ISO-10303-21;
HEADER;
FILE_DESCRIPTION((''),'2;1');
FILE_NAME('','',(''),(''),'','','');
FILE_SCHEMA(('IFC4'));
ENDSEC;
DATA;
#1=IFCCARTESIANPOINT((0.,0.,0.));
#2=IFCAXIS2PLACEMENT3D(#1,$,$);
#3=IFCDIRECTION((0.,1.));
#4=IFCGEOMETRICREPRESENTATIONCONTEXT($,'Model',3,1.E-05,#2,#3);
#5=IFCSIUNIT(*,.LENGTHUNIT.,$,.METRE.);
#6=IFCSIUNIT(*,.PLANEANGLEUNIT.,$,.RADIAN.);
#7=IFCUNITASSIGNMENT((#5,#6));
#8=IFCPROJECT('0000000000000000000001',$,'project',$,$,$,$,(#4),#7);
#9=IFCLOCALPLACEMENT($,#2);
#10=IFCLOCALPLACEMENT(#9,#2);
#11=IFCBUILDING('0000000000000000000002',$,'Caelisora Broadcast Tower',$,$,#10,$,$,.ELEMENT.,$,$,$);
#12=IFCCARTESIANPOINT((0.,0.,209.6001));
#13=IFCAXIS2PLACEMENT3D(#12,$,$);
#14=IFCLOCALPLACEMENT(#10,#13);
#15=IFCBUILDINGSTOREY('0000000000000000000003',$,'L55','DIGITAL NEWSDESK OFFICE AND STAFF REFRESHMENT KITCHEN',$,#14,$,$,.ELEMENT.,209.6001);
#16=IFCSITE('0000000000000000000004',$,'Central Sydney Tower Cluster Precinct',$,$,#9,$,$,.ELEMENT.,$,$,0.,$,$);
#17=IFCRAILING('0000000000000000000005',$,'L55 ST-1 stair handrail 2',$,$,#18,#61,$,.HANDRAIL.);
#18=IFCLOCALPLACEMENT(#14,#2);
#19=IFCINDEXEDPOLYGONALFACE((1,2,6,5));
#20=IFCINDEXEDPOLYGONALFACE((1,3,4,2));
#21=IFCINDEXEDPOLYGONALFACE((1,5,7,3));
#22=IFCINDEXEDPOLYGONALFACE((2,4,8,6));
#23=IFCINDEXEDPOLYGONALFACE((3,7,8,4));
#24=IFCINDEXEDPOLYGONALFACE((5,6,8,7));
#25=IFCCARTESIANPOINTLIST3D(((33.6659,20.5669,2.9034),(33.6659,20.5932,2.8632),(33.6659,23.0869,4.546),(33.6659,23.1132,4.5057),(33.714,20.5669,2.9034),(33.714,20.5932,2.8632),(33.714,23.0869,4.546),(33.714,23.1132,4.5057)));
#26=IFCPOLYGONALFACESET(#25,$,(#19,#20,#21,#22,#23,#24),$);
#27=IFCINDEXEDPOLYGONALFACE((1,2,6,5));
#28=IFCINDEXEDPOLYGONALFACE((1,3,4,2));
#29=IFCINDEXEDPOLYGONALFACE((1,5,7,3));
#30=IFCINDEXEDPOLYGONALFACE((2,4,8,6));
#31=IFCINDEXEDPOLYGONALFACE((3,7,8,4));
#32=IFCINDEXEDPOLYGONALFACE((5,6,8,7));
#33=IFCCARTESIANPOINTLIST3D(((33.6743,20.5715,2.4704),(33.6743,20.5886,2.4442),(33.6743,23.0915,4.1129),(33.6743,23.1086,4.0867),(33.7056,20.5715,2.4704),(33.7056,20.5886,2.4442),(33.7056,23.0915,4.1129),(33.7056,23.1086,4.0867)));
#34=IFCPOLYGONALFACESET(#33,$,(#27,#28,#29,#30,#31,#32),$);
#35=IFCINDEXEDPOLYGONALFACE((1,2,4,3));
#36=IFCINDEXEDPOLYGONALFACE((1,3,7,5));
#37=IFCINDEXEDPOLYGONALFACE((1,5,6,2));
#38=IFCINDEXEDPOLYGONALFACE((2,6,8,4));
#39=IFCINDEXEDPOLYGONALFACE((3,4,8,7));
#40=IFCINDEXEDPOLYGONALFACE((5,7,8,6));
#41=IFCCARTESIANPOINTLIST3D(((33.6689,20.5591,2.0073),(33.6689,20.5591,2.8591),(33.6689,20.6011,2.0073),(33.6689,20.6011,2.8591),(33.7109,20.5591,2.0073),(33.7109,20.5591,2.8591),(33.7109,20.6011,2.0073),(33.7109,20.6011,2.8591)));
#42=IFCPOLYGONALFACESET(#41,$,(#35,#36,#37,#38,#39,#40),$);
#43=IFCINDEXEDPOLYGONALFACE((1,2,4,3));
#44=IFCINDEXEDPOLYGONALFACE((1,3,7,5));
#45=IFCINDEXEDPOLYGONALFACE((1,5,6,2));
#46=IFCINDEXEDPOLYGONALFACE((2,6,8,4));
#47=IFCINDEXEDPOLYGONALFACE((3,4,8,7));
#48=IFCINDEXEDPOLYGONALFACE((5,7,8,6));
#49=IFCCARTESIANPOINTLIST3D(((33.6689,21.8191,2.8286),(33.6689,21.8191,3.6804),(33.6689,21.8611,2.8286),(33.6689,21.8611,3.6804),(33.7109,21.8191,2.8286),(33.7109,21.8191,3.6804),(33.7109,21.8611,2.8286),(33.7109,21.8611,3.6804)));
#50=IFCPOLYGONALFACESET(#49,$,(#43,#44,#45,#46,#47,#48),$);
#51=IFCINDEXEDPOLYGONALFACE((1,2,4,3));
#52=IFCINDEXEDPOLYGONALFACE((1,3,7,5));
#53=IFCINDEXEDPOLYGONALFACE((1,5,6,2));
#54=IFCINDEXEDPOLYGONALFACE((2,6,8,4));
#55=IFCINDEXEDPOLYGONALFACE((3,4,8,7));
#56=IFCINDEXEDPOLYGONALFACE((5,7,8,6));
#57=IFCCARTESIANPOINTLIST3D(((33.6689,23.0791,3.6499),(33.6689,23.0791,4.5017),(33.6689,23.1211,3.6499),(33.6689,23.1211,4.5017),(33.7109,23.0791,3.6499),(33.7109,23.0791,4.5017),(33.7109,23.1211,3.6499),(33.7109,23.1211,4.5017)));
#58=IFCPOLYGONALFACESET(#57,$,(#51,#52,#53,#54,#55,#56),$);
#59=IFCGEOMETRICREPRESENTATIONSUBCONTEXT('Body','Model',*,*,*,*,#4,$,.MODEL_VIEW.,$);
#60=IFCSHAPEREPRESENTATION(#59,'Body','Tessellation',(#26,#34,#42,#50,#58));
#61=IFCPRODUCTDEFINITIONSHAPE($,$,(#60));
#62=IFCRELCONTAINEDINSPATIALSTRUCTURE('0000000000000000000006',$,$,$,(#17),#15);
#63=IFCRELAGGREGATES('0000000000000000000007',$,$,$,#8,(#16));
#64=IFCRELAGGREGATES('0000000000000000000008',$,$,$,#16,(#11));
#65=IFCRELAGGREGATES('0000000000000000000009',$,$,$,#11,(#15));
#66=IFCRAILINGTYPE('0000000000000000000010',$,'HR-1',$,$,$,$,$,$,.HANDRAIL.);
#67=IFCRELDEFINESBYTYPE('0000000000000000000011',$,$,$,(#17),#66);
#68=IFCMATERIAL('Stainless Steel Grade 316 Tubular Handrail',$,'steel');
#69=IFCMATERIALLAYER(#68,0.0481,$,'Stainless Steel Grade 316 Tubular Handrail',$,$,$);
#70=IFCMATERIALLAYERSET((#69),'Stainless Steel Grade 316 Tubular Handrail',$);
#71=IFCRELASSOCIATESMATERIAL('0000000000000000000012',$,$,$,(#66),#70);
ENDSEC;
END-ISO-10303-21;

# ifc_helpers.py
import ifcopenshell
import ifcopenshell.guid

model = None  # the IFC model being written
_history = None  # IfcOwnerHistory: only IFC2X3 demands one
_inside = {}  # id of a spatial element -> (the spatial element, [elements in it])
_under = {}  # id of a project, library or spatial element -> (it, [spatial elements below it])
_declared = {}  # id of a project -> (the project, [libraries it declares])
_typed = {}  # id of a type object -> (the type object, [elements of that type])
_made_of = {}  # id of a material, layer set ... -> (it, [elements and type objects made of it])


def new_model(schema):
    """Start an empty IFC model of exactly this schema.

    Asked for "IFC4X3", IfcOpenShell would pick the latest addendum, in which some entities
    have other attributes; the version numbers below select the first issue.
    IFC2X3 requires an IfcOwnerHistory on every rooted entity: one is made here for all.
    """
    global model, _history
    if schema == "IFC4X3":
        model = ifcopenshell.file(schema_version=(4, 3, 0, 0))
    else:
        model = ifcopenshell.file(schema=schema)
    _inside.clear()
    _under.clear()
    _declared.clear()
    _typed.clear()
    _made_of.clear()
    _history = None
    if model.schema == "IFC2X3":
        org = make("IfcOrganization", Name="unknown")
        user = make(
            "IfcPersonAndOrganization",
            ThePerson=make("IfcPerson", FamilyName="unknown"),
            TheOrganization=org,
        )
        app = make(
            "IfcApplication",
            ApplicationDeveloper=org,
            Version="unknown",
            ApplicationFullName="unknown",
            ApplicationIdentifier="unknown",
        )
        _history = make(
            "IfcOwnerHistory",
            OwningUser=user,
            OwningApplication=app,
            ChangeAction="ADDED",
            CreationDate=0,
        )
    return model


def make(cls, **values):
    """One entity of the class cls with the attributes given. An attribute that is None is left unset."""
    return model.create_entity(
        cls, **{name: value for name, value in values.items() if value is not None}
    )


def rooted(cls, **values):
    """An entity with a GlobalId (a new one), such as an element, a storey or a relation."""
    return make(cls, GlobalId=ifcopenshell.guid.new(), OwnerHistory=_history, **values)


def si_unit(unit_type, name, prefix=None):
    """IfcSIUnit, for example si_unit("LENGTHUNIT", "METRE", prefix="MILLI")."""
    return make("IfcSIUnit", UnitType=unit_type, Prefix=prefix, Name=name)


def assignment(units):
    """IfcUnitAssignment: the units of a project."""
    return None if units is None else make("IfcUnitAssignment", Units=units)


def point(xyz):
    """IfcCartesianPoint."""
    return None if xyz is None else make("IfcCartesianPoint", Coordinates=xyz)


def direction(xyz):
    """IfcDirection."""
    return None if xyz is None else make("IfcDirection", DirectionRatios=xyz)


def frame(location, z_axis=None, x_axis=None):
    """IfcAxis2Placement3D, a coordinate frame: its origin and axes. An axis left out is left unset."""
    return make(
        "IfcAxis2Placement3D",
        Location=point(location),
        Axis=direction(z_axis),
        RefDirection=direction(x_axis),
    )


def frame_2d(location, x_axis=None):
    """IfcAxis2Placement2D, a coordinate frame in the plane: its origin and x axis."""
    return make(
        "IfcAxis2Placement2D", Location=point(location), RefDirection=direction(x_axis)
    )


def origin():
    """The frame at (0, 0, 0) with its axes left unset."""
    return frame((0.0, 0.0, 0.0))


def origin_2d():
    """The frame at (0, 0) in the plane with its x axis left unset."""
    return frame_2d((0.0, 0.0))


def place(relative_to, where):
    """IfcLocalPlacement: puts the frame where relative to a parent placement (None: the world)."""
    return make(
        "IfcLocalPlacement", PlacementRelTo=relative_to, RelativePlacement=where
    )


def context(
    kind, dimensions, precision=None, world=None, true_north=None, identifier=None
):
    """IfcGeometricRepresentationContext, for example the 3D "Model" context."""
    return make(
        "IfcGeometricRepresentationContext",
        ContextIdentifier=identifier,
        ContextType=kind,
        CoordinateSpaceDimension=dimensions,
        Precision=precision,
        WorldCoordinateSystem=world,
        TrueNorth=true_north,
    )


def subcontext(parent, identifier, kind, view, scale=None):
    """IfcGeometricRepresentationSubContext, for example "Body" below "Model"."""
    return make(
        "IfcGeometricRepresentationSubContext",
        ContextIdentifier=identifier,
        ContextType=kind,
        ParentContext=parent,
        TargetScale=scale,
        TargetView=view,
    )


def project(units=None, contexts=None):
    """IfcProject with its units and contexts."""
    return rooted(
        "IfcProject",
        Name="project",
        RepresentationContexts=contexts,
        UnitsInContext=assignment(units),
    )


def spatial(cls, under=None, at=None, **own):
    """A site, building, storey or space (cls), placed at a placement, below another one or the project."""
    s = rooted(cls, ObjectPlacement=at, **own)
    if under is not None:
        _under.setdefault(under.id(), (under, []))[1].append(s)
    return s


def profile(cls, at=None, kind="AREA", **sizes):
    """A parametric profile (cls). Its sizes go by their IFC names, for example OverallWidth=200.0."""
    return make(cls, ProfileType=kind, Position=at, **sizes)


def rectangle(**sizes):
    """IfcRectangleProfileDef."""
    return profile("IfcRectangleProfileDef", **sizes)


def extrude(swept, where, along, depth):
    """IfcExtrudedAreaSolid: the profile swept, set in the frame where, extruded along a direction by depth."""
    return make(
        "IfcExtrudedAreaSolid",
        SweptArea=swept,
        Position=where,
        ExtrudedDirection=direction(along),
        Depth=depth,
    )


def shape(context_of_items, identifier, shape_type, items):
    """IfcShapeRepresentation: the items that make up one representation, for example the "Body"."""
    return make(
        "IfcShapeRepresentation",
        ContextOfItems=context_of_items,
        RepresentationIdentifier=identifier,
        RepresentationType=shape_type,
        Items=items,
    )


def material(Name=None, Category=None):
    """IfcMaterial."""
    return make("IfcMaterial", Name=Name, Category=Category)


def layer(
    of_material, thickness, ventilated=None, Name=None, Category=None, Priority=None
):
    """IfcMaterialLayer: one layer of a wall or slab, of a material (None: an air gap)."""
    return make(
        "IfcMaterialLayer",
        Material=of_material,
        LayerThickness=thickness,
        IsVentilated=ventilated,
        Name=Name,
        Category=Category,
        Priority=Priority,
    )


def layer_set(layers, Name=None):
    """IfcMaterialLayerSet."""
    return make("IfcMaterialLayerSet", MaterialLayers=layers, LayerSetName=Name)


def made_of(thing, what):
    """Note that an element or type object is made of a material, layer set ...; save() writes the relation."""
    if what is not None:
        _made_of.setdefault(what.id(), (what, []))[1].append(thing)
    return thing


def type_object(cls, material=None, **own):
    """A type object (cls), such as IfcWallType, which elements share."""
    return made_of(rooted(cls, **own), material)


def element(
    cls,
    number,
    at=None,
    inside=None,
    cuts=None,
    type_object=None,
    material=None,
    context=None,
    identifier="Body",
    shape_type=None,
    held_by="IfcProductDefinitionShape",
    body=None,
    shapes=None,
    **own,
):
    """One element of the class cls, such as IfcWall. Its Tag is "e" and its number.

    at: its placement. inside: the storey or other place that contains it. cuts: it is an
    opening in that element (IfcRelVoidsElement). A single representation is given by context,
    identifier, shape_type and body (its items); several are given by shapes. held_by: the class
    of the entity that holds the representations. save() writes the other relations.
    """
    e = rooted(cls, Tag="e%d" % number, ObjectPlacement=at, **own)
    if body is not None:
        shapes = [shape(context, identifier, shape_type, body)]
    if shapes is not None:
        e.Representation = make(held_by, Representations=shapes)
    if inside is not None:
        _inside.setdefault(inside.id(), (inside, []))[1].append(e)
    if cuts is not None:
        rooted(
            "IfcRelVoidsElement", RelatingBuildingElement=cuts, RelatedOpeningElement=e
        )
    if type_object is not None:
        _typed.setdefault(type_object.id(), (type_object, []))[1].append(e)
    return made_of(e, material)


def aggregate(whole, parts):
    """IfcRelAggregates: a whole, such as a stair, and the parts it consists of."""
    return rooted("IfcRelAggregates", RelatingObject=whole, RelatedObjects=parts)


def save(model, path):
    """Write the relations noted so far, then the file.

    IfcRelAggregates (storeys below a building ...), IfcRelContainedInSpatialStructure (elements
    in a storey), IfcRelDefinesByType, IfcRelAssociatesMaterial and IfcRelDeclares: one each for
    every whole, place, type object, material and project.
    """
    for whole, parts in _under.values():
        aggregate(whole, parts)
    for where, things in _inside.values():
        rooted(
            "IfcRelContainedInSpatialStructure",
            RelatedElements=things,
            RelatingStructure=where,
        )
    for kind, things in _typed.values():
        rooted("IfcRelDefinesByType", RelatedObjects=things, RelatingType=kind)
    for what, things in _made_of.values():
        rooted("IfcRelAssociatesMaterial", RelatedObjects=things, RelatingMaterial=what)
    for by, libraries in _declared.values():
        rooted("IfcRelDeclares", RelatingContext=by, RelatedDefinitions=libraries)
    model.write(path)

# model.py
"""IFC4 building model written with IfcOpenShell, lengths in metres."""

from ifc_helpers import new_model, si_unit, direction, frame, origin, origin_2d, place, context, subcontext, project, spatial, rectangle, extrude, material, layer, layer_set, type_object, element, save


model = new_model("IFC4")

# Units and contexts
model_context = context("Model", 3, precision=1e-05, world=origin(), true_north=direction((0.0, 1.0)))
body_context = subcontext(model_context, "Body", "Model", "MODEL_VIEW")
ifc_project = project(units=[si_unit("LENGTHUNIT", "METRE"), si_unit("PLANEANGLEUNIT", "RADIAN")], contexts=[model_context])

# Site, building, storey
site_placement = place(None, origin())
site = spatial("IfcSite", under=ifc_project, at=site_placement, Name="Central Sydney Tower Cluster Precinct", CompositionType="ELEMENT", RefElevation=0.0)
building_placement = place(site_placement, origin())
building = spatial("IfcBuilding", under=site, at=building_placement, Name="Caelisora Broadcast Tower", CompositionType="ELEMENT")
storey_placement = place(building_placement, frame((0.0, 0.0, 209.6001)))
storey = spatial("IfcBuildingStorey", under=building, at=storey_placement, Name="L55", Description="DIGITAL NEWSDESK OFFICE AND STAFF REFRESHMENT KITCHEN", CompositionType="ELEMENT", Elevation=209.6001)

# Railing
ifc_material_1 = material(Name="Stainless Steel Grade 316 Tubular Handrail", Category="steel")
ifc_layer_1 = layer(ifc_material_1, 0.0481, Name="Stainless Steel Grade 316 Tubular Handrail")
ifc_layer_set_1 = layer_set([ifc_layer_1], Name="Stainless Steel Grade 316 Tubular Handrail")
railing_type_1 = type_object("IfcRailingType", Name="HR-1", PredefinedType="HANDRAIL", material=ifc_layer_set_1)
railing_1_placement = place(storey_placement, frame((33.6899, 20.5801, 2.0073)))
element("IfcRailing", 1, at=railing_1_placement, inside=storey, type_object=railing_type_1, Name="L55 ST-1 stair handrail 2", PredefinedType="HANDRAIL", context=body_context, shape_type="SweptSolid", body=[
    extrude(rectangle(XDim=0.0481, YDim=0.0481, at=origin_2d()), frame((0.0, 0.0, 0.876), z_axis=(0.0, 0.837749, 0.546055), x_axis=(-1.0, 0.0, 0.0)), (0.0, 0.0, 1.0), 3.0081),
    extrude(rectangle(XDim=0.0312, YDim=0.0312, at=origin_2d()), frame((0.0, 0.0, 0.45), z_axis=(0.0, 0.837749, 0.546055), x_axis=(-1.0, 0.0, 0.0)), (0.0, 0.0, 1.0), 3.0081),
    extrude(rectangle(XDim=0.042, YDim=0.042, at=origin_2d()), origin(), (0.0, 0.0, 1.0), 0.8518),
    extrude(rectangle(XDim=0.042, YDim=0.042, at=origin_2d()), frame((0.0, 1.26, 0.8213)), (0.0, 0.0, 1.0), 0.8518),
    extrude(rectangle(XDim=0.042, YDim=0.042, at=origin_2d()), frame((0.0, 2.52, 1.6426)), (0.0, 0.0, 1.0), 0.8518),
])

save(model, "model.ifc")
